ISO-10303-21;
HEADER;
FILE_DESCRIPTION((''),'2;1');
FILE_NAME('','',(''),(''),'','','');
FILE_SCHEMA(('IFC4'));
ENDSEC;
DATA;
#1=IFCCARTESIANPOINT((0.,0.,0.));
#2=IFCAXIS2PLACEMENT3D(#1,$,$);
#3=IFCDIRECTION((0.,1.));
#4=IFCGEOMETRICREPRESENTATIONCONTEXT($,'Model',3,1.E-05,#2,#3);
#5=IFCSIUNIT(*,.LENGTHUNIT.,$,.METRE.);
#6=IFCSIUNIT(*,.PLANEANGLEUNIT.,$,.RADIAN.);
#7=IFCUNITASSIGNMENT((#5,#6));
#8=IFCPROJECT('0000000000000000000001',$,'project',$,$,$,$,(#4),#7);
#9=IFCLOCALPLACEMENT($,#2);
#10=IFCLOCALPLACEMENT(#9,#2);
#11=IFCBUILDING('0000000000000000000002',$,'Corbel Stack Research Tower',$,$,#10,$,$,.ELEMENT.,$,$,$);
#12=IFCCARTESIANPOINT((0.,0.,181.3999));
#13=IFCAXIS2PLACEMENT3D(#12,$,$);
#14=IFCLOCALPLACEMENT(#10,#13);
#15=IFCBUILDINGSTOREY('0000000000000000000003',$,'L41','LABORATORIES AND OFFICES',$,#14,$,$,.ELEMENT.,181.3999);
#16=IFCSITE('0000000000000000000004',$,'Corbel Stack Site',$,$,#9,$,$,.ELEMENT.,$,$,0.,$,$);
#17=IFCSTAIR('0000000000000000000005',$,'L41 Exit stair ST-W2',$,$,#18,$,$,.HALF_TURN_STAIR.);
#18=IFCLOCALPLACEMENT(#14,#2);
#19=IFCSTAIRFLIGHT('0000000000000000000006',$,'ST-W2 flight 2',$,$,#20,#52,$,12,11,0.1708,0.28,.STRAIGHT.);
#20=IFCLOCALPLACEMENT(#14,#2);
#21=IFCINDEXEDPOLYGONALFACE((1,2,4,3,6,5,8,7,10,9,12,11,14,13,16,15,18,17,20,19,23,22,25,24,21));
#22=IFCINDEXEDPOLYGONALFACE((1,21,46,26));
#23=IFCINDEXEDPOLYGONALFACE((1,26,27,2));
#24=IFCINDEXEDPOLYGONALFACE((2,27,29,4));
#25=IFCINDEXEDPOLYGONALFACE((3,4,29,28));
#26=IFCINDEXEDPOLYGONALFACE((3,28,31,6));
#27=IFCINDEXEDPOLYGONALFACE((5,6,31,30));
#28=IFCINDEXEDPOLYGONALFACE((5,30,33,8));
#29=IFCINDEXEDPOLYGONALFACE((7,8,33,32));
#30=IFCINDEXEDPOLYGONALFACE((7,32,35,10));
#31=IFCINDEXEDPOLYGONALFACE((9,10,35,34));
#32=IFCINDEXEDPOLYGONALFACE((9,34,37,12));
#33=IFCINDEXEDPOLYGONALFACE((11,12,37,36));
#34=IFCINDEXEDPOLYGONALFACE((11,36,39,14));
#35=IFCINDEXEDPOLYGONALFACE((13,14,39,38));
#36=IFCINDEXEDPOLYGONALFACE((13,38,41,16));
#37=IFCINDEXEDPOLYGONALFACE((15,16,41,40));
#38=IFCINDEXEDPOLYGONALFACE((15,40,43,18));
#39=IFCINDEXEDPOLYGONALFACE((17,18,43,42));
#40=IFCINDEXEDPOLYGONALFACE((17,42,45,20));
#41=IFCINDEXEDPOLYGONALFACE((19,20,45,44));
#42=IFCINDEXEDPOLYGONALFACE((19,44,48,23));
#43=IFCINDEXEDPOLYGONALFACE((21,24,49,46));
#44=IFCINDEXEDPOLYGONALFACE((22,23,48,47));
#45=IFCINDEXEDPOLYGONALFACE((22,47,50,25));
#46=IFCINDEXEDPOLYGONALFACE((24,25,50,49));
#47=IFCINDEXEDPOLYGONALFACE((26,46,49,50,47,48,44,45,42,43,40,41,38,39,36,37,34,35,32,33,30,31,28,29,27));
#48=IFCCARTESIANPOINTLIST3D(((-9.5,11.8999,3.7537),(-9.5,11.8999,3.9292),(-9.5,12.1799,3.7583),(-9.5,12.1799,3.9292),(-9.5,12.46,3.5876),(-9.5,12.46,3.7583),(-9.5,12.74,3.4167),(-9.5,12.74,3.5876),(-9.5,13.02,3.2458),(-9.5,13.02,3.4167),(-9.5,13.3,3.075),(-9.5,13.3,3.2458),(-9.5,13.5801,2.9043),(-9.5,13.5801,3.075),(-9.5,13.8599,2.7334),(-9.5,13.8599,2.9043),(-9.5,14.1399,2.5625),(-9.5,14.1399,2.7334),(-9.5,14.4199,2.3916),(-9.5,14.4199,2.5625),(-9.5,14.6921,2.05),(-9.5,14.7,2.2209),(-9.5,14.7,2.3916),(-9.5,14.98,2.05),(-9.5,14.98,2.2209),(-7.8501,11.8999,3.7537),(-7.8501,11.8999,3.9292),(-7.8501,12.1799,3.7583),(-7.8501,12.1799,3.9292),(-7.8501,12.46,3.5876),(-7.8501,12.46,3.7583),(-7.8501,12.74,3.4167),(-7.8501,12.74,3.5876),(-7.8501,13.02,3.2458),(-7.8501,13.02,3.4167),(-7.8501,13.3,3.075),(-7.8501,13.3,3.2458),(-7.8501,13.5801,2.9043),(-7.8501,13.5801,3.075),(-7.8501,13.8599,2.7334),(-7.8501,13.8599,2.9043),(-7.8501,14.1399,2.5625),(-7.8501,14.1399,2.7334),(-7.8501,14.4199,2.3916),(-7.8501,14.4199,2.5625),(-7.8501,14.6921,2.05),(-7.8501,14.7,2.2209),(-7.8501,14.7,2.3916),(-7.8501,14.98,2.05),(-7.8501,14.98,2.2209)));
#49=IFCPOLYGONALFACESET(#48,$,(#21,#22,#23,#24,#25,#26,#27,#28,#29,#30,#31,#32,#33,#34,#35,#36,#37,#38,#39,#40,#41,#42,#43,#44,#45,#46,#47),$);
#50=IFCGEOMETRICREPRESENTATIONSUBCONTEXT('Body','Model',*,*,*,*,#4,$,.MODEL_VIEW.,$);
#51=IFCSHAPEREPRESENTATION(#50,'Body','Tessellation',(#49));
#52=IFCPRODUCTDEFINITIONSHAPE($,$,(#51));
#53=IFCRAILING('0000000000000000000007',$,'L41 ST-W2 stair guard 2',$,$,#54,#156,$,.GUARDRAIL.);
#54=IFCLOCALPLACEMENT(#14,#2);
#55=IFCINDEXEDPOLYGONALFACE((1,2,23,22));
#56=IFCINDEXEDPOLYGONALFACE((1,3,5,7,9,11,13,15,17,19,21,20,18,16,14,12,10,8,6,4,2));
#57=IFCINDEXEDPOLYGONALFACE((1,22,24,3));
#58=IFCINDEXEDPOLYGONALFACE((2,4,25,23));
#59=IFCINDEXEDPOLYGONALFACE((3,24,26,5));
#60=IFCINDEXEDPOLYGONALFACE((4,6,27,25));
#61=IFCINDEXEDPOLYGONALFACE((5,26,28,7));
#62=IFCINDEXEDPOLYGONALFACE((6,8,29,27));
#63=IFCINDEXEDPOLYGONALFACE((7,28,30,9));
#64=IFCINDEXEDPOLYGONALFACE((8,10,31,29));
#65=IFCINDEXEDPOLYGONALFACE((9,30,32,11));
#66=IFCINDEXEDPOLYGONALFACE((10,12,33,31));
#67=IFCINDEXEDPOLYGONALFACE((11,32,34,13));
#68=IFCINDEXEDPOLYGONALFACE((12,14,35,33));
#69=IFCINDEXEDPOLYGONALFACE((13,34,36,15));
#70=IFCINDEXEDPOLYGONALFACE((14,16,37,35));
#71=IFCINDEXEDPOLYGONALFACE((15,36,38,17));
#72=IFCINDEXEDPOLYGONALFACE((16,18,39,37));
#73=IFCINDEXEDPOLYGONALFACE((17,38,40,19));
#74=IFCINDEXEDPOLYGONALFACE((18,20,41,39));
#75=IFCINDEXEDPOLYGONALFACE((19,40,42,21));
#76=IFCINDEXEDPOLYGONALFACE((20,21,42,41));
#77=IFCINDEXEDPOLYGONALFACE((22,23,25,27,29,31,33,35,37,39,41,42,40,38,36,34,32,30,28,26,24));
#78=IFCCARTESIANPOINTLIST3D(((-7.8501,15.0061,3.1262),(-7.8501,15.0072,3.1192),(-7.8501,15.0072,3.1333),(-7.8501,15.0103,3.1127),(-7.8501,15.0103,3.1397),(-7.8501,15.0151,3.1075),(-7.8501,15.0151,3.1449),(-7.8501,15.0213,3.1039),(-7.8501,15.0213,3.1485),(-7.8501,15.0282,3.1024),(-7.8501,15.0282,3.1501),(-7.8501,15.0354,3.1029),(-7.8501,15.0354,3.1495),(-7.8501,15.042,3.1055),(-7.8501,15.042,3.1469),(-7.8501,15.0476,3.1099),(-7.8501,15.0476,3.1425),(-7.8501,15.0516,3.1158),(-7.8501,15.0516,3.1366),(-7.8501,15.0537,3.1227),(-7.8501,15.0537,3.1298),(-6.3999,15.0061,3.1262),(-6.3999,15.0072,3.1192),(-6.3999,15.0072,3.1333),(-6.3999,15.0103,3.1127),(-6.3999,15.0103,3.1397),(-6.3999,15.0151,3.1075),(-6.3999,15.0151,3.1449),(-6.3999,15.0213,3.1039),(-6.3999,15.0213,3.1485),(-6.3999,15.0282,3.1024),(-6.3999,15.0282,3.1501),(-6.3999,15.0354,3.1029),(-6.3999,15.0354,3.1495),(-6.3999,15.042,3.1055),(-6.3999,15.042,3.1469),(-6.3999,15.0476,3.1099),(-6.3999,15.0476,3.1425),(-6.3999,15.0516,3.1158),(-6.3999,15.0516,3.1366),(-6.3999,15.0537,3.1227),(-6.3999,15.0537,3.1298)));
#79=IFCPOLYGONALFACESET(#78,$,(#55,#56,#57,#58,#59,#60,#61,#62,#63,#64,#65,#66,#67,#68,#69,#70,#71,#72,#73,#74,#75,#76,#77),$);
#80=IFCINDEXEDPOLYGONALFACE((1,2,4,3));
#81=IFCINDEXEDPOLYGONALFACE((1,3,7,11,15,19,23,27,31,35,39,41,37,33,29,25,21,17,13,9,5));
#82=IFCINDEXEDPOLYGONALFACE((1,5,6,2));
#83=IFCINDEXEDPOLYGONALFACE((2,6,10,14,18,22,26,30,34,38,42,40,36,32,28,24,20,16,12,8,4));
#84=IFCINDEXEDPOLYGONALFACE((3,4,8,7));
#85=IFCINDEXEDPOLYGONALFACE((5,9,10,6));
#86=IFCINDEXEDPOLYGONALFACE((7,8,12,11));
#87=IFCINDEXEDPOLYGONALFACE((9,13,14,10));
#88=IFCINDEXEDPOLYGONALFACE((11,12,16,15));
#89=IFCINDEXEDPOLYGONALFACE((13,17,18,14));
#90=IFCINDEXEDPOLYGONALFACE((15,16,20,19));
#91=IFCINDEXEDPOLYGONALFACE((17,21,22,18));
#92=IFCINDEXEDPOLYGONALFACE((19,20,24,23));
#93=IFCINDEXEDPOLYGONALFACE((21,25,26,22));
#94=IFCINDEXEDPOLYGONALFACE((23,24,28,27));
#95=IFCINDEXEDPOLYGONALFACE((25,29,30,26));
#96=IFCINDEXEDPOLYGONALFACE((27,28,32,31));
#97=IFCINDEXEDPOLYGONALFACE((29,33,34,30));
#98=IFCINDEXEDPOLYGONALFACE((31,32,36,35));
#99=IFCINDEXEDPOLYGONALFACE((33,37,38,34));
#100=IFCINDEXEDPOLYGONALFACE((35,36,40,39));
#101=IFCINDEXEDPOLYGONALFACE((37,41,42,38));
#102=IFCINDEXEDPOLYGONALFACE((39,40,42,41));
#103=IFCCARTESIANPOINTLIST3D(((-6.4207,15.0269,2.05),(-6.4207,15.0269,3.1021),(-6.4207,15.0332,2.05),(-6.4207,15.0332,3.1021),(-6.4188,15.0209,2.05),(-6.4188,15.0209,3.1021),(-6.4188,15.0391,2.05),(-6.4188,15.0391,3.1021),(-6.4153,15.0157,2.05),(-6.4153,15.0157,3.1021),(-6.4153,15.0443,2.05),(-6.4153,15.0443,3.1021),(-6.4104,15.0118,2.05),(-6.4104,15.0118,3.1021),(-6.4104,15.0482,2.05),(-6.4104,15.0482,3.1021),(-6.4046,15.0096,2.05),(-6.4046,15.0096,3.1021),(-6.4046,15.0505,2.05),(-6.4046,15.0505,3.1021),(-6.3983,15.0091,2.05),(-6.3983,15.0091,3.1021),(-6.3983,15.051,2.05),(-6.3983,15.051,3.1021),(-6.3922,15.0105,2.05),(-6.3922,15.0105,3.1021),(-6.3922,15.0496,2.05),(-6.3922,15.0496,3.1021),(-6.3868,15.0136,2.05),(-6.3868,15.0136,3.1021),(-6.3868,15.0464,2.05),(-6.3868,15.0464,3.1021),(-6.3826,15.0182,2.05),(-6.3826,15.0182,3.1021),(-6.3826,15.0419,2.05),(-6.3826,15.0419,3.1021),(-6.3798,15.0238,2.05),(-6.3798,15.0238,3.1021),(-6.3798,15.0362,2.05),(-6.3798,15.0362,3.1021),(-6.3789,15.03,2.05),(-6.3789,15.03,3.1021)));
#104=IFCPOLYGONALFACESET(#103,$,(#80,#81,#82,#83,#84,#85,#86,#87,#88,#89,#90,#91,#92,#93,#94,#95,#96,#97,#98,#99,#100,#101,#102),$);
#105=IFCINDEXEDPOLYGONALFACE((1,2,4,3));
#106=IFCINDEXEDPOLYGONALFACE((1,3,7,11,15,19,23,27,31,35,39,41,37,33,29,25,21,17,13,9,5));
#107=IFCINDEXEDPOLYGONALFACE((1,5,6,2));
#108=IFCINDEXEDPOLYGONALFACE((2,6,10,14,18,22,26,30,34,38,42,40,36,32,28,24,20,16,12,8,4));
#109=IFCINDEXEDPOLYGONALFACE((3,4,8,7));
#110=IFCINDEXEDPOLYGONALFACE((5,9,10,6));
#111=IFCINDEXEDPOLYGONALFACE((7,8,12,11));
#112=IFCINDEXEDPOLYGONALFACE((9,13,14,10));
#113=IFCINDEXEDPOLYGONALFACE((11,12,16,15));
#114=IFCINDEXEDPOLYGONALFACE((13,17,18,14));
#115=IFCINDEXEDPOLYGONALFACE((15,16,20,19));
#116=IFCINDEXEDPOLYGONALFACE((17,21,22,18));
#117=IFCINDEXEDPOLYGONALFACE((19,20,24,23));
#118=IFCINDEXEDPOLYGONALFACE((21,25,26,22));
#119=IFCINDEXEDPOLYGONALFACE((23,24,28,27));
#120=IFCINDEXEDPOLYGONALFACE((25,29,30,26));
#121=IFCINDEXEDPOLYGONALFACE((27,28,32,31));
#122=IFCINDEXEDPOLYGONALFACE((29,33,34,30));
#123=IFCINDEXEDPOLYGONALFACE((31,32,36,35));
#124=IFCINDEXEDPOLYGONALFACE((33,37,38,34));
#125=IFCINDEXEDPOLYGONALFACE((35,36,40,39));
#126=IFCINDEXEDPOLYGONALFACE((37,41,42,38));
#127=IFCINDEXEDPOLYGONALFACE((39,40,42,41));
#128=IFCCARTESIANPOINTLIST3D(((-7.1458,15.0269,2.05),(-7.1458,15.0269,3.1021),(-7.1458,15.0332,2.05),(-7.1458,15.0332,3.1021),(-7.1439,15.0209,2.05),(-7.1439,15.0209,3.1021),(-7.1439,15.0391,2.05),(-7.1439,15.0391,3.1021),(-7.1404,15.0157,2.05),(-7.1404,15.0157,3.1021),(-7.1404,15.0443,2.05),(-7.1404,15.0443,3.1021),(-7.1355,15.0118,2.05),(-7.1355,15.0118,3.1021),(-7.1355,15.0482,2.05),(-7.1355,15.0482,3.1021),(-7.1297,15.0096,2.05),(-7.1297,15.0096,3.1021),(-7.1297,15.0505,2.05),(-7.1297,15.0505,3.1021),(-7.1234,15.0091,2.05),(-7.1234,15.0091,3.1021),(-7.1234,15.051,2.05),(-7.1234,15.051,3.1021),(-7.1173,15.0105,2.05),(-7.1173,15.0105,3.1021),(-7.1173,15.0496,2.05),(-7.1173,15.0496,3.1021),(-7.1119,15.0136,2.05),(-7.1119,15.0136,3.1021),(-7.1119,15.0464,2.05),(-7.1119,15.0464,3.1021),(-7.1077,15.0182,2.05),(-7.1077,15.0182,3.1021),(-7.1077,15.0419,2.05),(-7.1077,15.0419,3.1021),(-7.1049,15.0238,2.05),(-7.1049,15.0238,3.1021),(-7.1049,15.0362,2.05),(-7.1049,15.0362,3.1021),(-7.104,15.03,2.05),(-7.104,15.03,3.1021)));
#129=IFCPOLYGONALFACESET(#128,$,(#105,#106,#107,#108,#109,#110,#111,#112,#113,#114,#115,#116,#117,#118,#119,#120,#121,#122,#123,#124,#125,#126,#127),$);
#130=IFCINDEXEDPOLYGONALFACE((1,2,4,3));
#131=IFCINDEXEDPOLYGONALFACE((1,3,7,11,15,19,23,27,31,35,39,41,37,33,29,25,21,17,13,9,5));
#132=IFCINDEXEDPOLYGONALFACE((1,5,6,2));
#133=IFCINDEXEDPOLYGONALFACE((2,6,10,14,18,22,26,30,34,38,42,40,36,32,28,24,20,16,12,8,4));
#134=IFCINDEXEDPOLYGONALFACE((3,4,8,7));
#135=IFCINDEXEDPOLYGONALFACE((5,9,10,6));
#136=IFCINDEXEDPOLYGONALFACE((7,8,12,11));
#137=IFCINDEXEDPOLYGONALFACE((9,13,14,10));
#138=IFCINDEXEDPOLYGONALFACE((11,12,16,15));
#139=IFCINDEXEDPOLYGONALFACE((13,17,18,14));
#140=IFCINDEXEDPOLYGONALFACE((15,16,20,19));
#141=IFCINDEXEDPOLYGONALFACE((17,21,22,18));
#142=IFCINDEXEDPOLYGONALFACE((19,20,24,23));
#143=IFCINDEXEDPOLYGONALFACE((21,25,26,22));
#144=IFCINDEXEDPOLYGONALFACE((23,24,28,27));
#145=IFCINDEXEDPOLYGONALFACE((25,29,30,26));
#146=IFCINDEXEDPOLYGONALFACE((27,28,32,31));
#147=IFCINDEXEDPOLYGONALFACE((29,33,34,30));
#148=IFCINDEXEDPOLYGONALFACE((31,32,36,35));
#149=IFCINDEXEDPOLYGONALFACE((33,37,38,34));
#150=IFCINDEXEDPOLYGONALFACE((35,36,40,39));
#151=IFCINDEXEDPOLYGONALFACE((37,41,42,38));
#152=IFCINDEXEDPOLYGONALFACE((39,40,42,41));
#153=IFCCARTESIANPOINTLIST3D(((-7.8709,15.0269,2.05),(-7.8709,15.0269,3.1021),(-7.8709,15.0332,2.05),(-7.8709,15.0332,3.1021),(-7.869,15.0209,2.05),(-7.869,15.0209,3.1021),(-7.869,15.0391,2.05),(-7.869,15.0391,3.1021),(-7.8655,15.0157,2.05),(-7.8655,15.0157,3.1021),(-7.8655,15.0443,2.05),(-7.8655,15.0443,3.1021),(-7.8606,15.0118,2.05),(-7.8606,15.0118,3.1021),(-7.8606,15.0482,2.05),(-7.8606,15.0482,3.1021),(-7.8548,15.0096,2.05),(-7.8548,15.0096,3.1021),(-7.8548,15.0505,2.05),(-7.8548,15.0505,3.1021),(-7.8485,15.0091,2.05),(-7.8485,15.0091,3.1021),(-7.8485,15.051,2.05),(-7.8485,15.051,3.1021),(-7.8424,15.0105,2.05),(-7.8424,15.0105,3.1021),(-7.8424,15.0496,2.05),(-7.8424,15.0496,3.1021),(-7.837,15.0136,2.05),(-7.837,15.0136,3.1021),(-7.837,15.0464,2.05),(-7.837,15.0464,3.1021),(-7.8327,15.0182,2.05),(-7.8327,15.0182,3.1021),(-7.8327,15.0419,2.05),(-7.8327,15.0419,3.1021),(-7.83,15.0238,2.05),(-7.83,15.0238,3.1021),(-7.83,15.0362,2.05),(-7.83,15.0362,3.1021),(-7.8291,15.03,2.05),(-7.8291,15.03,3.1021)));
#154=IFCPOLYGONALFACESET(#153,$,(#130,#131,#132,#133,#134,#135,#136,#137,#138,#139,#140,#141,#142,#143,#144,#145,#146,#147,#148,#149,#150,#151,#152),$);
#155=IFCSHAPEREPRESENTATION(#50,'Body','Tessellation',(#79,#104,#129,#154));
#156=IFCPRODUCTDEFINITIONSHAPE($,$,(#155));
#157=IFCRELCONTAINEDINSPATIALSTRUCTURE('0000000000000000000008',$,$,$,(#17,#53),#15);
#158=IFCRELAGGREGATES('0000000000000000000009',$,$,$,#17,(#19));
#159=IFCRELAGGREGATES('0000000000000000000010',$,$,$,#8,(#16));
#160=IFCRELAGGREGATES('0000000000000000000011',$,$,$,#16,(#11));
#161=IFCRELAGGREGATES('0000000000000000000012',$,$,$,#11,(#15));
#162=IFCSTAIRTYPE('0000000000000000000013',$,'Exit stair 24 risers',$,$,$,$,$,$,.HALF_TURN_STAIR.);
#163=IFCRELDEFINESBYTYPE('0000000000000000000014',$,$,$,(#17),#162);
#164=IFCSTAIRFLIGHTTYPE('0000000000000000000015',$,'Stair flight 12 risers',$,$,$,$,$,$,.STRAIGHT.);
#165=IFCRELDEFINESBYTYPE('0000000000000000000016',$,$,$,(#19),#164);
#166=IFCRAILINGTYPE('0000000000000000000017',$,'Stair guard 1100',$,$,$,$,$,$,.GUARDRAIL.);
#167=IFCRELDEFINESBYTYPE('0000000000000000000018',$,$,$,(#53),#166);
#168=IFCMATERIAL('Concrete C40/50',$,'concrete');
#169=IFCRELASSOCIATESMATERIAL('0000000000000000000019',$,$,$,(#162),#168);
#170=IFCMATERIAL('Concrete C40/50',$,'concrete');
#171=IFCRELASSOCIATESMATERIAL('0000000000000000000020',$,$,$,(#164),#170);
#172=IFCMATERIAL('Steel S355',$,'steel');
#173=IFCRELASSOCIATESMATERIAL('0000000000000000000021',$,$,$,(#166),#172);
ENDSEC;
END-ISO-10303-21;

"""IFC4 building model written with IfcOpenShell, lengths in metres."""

from ifc_helpers import new_model, si_unit, direction, frame, origin, origin_2d, place, context, subcontext, project, spatial, polyline, circle, outline, extrude, material, type_object, element, aggregate, save


model = new_model("IFC4")

# Units and contexts
model_context = context("Model", 3, precision=1e-05, world=origin(), true_north=direction((0.0, 1.0)))
body_context = subcontext(model_context, "Body", "Model", "MODEL_VIEW")
ifc_project = project(units=[si_unit("LENGTHUNIT", "METRE"), si_unit("PLANEANGLEUNIT", "RADIAN")], contexts=[model_context])

# Site, building, storey
site_placement = place(None, origin())
site = spatial("IfcSite", under=ifc_project, at=site_placement, Name="Corbel Stack Site", CompositionType="ELEMENT", RefElevation=0.0)
building_placement = place(site_placement, origin())
building = spatial("IfcBuilding", under=site, at=building_placement, Name="Corbel Stack Research Tower", CompositionType="ELEMENT")
storey_placement = place(building_placement, frame((0.0, 0.0, 181.3999)))
storey = spatial("IfcBuildingStorey", under=building, at=storey_placement, Name="L41", Description="LABORATORIES AND OFFICES", CompositionType="ELEMENT", Elevation=181.3999)

# Stair, stair flight
ifc_material_1 = material(Name="Concrete C40/50", Category="concrete")
stair_type = type_object("IfcStairType", Name="Exit stair 24 risers", PredefinedType="HALF_TURN_STAIR", material=ifc_material_1)
stair_placement = place(storey_placement, origin())
stair = element("IfcStair", 1, at=stair_placement, inside=storey, type_object=stair_type, Name="L41 Exit stair ST-W2", PredefinedType="HALF_TURN_STAIR")
ifc_material_2 = material(Name="Concrete C40/50", Category="concrete")
stair_flight_type = type_object("IfcStairFlightType", Name="Stair flight 12 risers", PredefinedType="STRAIGHT", material=ifc_material_2)
stair_flight_placement = place(storey_placement, frame((-8.675, 14.98, 2.05), z_axis=(0.0, 0.0, 1.0), x_axis=(0.0, -1.0, 0.0)))
stair_flight = element("IfcStairFlight", 2, at=stair_flight_placement, type_object=stair_flight_type, Name="ST-W2 flight 2", NumberOfRisers=12, NumberOfTreads=11, PredefinedType="STRAIGHT", RiserHeight=0.1708, TreadLength=0.28, context=body_context, shape_type="SweptSolid", body=[
    extrude(outline(polyline([(0.0, 0.0), (0.0, 0.1709), (0.28, 0.1709), (0.28, 0.3416), (0.5601, 0.3416), (0.5601, 0.5125), (0.8401, 0.5125), (0.8401, 0.6833), (1.1201, 0.6833), (1.1201, 0.8542), (1.3999, 0.8542), (1.3999, 1.0249), (1.6799, 1.0249), (1.6799, 1.1958), (1.96, 1.1958), (1.96, 1.3667), (2.24, 1.3667), (2.24, 1.5376), (2.52, 1.5376), (2.52, 1.7083), (2.8, 1.7083), (2.8, 1.8792), (3.0801, 1.8792), (3.0801, 2.05), (3.0801, 1.7036), (0.2878, 0.0), (0.0, 0.0)])), frame((0.0, 0.825, 0.0), z_axis=(0.0, -1.0, 0.0), x_axis=(1.0, 0.0, 0.0)), (0.0, 0.0, 1.0), 1.6499),
])
aggregate(stair, [stair_flight])

# Railing
ifc_material_3 = material(Name="Steel S355", Category="steel")
railing_type = type_object("IfcRailingType", Name="Stair guard 1100", PredefinedType="GUARDRAIL", material=ifc_material_3)
railing_1_placement = place(storey_placement, frame((-6.3999, 15.03, 2.05)))
element("IfcRailing", 3, at=railing_1_placement, inside=storey, type_object=railing_type, Name="L41 ST-W2 stair guard 2", PredefinedType="GUARDRAIL", context=body_context, shape_type="SweptSolid", body=[
    extrude(circle(Radius=0.0239, at=origin_2d()), frame((0.0, 0.0, 1.0762), z_axis=(-1.0, 0.0, 0.0), x_axis=(0.0, -1.0, 0.0)), (0.0, 0.0, 1.0), 1.4502),
    extrude(circle(Radius=0.021, at=origin_2d()), origin(), (0.0, 0.0, 1.0), 1.052),
    extrude(circle(Radius=0.021, at=origin_2d()), frame((-0.7251, 0.0, 0.0)), (0.0, 0.0, 1.0), 1.052),
    extrude(circle(Radius=0.021, at=origin_2d()), frame((-1.4502, 0.0, 0.0)), (0.0, 0.0, 1.0), 1.052),
])

save(model, "model.ifc")
